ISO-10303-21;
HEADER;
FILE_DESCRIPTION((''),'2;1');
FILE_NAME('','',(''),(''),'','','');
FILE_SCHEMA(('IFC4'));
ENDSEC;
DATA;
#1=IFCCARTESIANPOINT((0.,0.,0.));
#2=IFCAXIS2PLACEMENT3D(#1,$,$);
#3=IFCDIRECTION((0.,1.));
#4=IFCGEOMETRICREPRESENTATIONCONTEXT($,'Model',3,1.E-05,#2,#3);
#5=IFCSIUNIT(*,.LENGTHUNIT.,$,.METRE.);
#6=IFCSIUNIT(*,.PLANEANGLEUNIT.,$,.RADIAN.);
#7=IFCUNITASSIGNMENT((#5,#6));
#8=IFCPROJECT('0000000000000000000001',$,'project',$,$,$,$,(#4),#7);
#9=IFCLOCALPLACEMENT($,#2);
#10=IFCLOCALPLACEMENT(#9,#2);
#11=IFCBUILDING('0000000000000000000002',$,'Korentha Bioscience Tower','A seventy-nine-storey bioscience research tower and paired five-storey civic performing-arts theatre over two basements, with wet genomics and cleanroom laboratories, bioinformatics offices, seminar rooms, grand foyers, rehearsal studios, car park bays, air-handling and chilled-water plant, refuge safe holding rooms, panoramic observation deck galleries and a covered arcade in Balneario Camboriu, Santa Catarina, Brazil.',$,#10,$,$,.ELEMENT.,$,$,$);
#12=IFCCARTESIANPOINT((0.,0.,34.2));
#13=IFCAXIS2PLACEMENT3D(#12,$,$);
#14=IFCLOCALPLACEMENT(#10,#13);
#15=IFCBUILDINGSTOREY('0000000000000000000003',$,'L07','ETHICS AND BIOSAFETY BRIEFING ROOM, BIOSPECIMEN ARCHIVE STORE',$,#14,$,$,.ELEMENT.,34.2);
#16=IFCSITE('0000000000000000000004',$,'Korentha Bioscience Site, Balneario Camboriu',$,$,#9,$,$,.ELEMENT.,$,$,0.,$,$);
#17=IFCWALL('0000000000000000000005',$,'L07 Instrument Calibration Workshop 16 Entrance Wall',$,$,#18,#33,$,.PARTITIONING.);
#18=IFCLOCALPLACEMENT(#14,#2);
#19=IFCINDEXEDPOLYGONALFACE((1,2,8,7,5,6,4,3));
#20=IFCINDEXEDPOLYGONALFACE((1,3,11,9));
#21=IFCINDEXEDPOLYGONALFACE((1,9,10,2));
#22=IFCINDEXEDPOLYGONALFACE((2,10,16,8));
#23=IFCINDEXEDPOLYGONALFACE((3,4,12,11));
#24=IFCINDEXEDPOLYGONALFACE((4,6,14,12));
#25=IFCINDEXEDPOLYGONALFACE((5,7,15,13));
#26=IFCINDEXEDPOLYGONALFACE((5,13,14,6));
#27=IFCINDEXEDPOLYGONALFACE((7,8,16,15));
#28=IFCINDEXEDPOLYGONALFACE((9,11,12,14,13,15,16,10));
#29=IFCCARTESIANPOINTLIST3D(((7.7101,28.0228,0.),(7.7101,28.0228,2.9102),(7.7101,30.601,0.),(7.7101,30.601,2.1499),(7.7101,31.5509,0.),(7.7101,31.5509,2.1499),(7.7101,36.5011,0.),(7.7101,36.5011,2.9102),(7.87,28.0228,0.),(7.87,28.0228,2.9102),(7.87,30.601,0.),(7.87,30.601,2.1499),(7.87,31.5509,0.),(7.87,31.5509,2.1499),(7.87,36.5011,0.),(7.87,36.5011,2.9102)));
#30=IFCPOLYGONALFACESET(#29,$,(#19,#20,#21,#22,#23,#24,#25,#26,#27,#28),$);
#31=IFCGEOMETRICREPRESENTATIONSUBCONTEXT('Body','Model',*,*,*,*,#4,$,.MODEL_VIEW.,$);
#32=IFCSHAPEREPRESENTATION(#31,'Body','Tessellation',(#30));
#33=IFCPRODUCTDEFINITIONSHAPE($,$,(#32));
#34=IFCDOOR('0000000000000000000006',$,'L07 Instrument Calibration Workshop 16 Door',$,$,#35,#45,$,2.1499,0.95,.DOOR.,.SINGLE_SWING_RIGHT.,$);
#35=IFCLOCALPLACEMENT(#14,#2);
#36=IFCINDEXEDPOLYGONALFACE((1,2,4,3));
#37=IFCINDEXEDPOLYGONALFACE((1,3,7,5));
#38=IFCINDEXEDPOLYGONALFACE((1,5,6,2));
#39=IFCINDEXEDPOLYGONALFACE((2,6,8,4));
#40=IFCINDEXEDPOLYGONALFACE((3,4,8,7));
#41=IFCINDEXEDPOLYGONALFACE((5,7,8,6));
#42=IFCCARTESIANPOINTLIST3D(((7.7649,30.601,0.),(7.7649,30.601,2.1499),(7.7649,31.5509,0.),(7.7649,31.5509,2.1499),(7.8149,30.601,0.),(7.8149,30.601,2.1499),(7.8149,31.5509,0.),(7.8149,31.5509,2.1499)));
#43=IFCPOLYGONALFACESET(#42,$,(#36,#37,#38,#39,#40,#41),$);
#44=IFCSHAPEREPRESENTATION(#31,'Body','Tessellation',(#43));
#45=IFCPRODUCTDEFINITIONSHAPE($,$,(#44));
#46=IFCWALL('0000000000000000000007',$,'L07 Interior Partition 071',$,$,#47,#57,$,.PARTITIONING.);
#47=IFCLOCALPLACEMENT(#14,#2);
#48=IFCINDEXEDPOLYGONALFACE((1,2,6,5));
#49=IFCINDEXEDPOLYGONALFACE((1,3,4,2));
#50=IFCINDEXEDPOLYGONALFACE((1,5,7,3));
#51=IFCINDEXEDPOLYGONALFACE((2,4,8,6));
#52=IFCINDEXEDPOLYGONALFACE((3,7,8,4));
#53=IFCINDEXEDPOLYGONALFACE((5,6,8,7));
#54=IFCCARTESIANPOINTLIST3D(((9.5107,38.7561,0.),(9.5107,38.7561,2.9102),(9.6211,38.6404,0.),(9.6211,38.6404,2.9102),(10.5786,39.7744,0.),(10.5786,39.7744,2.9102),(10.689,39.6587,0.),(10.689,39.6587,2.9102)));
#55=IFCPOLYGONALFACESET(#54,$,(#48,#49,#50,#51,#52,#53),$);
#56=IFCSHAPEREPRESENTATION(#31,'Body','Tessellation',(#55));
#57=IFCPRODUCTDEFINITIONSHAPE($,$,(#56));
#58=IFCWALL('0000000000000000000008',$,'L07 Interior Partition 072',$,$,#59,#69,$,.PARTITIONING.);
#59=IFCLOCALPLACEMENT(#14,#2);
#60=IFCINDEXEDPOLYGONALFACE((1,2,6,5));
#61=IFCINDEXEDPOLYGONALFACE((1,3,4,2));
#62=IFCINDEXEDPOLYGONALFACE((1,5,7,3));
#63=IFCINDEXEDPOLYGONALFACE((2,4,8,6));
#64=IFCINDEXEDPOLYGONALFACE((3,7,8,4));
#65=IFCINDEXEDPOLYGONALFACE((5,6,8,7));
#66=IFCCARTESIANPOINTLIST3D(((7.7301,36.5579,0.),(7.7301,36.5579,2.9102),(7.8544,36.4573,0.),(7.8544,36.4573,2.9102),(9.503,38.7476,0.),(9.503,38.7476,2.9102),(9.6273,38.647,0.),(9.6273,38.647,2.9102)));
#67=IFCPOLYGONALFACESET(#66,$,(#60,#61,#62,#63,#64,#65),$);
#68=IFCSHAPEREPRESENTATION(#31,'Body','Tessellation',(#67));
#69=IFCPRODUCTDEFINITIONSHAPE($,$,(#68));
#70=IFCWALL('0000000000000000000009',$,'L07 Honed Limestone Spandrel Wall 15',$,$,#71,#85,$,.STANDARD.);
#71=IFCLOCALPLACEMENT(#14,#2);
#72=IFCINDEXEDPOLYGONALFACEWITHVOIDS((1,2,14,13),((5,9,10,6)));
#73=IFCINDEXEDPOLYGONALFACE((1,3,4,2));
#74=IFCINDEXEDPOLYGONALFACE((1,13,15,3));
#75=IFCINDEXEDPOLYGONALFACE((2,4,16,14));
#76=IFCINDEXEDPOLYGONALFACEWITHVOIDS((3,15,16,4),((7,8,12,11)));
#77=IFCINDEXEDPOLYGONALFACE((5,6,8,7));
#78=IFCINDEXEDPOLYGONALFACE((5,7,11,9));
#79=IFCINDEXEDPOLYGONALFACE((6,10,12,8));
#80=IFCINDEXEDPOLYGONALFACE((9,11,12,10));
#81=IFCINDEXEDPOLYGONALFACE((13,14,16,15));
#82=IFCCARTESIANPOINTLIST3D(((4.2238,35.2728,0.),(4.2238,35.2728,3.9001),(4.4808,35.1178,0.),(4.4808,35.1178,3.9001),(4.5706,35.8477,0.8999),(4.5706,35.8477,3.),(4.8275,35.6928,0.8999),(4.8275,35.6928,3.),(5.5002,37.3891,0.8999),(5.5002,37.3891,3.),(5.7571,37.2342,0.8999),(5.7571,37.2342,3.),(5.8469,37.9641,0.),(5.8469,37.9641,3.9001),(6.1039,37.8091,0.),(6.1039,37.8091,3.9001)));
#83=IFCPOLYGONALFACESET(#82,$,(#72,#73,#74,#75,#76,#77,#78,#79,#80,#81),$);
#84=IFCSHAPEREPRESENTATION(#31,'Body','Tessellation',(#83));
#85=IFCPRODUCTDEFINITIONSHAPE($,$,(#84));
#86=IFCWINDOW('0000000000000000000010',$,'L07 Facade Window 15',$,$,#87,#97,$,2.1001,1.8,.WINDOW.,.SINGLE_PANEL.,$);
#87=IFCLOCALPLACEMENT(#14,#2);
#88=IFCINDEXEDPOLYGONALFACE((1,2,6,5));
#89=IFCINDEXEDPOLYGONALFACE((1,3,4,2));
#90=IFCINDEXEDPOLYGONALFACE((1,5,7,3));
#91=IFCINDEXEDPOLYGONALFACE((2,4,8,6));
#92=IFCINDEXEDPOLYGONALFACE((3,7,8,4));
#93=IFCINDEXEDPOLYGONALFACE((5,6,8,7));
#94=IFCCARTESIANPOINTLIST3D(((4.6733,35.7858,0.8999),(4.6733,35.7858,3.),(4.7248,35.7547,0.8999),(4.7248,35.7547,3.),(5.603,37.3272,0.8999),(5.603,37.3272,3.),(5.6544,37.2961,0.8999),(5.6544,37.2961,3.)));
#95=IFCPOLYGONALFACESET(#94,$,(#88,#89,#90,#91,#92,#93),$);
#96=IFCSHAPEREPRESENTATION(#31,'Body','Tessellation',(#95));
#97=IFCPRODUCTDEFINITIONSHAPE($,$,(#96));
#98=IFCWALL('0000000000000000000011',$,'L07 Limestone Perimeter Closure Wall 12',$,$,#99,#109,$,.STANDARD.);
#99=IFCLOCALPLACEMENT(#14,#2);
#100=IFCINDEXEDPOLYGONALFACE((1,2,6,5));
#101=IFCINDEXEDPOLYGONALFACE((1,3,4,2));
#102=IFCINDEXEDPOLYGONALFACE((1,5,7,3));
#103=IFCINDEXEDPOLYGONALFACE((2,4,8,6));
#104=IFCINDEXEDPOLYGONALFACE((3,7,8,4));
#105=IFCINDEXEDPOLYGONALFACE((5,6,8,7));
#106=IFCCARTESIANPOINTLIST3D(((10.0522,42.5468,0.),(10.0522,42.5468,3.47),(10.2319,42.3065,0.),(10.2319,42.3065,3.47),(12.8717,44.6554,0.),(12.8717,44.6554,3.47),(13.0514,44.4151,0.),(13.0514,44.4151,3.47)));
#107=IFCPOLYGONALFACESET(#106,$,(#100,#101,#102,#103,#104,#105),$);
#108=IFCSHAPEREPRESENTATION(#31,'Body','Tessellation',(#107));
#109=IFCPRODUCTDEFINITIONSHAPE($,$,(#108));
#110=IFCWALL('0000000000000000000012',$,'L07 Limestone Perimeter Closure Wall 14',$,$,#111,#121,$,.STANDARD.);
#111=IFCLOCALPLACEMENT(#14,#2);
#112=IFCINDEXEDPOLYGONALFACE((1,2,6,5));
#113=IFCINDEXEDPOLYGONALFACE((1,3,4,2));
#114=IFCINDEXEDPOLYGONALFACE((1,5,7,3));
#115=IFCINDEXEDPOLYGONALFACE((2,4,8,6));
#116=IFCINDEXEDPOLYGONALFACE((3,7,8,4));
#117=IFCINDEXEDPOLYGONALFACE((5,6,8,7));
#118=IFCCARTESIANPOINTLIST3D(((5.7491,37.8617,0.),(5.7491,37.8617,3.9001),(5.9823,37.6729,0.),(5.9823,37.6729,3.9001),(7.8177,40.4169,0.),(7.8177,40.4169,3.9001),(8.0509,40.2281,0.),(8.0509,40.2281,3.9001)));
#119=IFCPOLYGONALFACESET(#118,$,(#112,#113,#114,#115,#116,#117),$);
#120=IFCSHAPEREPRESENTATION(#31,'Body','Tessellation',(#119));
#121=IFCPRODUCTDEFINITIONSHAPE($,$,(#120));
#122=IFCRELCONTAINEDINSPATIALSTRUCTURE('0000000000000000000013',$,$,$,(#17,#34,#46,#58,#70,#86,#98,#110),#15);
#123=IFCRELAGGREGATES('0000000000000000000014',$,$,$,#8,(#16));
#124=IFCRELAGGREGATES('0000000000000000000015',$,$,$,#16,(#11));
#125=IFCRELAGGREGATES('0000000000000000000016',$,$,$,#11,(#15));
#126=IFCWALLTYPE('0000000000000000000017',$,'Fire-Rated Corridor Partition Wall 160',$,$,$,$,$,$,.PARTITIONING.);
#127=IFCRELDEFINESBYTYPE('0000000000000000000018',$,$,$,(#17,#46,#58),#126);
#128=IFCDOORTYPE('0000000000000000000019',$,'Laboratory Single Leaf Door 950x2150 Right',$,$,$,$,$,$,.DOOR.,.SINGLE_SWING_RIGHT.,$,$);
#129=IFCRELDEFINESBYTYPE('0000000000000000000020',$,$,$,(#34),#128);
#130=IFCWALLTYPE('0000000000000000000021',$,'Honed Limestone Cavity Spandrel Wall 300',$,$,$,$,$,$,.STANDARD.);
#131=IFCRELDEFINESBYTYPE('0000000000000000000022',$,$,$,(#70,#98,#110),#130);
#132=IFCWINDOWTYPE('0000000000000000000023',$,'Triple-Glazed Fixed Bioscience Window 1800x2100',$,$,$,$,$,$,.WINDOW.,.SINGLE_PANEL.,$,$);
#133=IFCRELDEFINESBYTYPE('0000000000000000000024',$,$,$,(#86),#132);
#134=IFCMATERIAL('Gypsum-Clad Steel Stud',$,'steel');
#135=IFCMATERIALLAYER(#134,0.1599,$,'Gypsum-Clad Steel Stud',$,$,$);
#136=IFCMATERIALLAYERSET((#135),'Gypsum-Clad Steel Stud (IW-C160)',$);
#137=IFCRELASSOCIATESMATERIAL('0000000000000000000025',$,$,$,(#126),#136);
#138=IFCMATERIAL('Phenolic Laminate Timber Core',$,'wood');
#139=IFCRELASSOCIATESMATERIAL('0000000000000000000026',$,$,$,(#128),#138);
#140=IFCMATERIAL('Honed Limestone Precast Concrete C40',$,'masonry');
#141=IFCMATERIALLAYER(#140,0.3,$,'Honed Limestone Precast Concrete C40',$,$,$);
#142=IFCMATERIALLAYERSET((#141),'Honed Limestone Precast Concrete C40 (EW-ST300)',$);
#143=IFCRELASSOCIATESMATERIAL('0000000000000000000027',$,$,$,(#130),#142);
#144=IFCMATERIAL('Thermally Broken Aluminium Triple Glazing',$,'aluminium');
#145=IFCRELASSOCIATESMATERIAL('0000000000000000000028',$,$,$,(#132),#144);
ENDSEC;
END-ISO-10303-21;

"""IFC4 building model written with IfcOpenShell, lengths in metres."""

from ifc_helpers import new_model, si_unit, direction, frame, frame_2d, origin, place, context, subcontext, project, spatial, rectangle, extrude, material, layer, layer_set, type_object, element, fill, save


model = new_model("IFC4")

# Units and contexts
model_context = context("Model", 3, precision=1e-05, world=origin(), true_north=direction((0.0, 1.0)))
body_context = subcontext(model_context, "Body", "Model", "MODEL_VIEW")
ifc_project = project(units=[si_unit("LENGTHUNIT", "METRE"), si_unit("PLANEANGLEUNIT", "RADIAN")], contexts=[model_context])

# Site, building, storey
site_placement = place(None, origin())
site = spatial("IfcSite", under=ifc_project, at=site_placement, Name="Korentha Bioscience Site, Balneario Camboriu", CompositionType="ELEMENT", RefElevation=0.0)
building_placement = place(site_placement, origin())
building = spatial("IfcBuilding", under=site, at=building_placement, Name="Korentha Bioscience Tower", Description="A seventy-nine-storey bioscience research tower and paired five-storey civic performing-arts theatre over two basements, with wet genomics and cleanroom laboratories, bioinformatics offices, seminar rooms, grand foyers, rehearsal studios, car park bays, air-handling and chilled-water plant, refuge safe holding rooms, panoramic observation deck galleries and a covered arcade in Balneario Camboriu, Santa Catarina, Brazil.", CompositionType="ELEMENT")
storey_placement = place(building_placement, frame((0.0, 0.0, 34.2)))
storey = spatial("IfcBuildingStorey", under=building, at=storey_placement, Name="L07", Description="ETHICS AND BIOSAFETY BRIEFING ROOM, BIOSPECIMEN ARCHIVE STORE", CompositionType="ELEMENT", Elevation=34.2)

# Wall, opening, door
ifc_material_1 = material(Name="Gypsum-Clad Steel Stud", Category="steel")
ifc_layer_1 = layer(ifc_material_1, 0.1599, Name="Gypsum-Clad Steel Stud")
ifc_layer_set_1 = layer_set([ifc_layer_1], Name="Gypsum-Clad Steel Stud (IW-C160)")
wall_type_1 = type_object("IfcWallType", Name="Fire-Rated Corridor Partition Wall 160", PredefinedType="PARTITIONING", material=ifc_layer_set_1)
wall_1_placement = place(storey_placement, frame((7.79, 36.5012, 0.0), z_axis=(0.0, 0.0, 1.0), x_axis=(0.0, -1.0, 0.0)))
wall_1 = element("IfcWall", 1, at=wall_1_placement, inside=storey, type_object=wall_type_1, Name="L07 Instrument Calibration Workshop 16 Entrance Wall", PredefinedType="PARTITIONING", context=body_context, shape_type="SweptSolid", body=[
    extrude(rectangle(XDim=8.4783, YDim=0.1599, at=frame_2d((4.2393, 0.0))), origin(), (0.0, 0.0, 1.0), 2.9102),
])
opening_1_placement = place(wall_1_placement, frame((4.9502, 0.0, 0.0)))
opening_1 = element("IfcOpeningElement", 2, at=opening_1_placement, cuts=wall_1, PredefinedType="OPENING", context=body_context, shape_type="SweptSolid", body=[
    extrude(rectangle(XDim=0.95, YDim=2.1499, at=frame_2d((0.4751, 1.075))), frame((0.0, 0.0947, 0.0), z_axis=(0.0, -1.0, 0.0), x_axis=(1.0, 0.0, 0.0)), (0.0, 0.0, 1.0), 0.1897),
])
ifc_material_2 = material(Name="Phenolic Laminate Timber Core", Category="wood")
door_type = type_object("IfcDoorType", Name="Laboratory Single Leaf Door 950x2150 Right", OperationType="SINGLE_SWING_RIGHT", PredefinedType="DOOR", material=ifc_material_2)
door_placement = place(opening_1_placement, origin())
door = element("IfcDoor", 3, at=door_placement, inside=storey, type_object=door_type, Name="L07 Instrument Calibration Workshop 16 Door", OperationType="SINGLE_SWING_RIGHT", OverallHeight=2.1499, OverallWidth=0.95, PredefinedType="DOOR", context=body_context, shape_type="SweptSolid", body=[
    extrude(rectangle(XDim=0.95, YDim=2.1499, at=frame_2d((0.4751, 1.075))), frame((0.0, 0.0249, 0.0), z_axis=(0.0, -1.0, 0.0), x_axis=(1.0, 0.0, 0.0)), (0.0, 0.0, 1.0), 0.05),
])
fill(opening_1, door)

# Walls
wall_2_placement = place(storey_placement, frame((10.6338, 39.7166, 0.0), z_axis=(0.0, 0.0, 1.0), x_axis=(-0.723701, -0.690114, 0.0)))
element("IfcWall", 4, at=wall_2_placement, inside=storey, type_object=wall_type_1, Name="L07 Interior Partition 071", PredefinedType="PARTITIONING", context=body_context, shape_type="SweptSolid", body=[
    extrude(rectangle(XDim=1.4756, YDim=0.1599, at=frame_2d((0.7378, 0.0))), origin(), (0.0, 0.0, 1.0), 2.9102),
])
wall_3_placement = place(storey_placement, frame((9.5652, 38.6973, 0.0), z_axis=(0.0, 0.0, 1.0), x_axis=(-0.629271, -0.777186, 0.0)))
element("IfcWall", 5, at=wall_3_placement, inside=storey, type_object=wall_type_1, Name="L07 Interior Partition 072", PredefinedType="PARTITIONING", context=body_context, shape_type="SweptSolid", body=[
    extrude(rectangle(XDim=2.8174, YDim=0.1599, at=frame_2d((1.4087, 0.0))), origin(), (0.0, 0.0, 1.0), 2.9102),
])

# Wall, opening, window
ifc_material_3 = material(Name="Honed Limestone Precast Concrete C40", Category="masonry")
ifc_layer_2 = layer(ifc_material_3, 0.3, Name="Honed Limestone Precast Concrete C40")
ifc_layer_set_2 = layer_set([ifc_layer_2], Name="Honed Limestone Precast Concrete C40 (EW-ST300)")
wall_type_2 = type_object("IfcWallType", Name="Honed Limestone Cavity Spandrel Wall 300", PredefinedType="STANDARD", material=ifc_layer_set_2)
wall_4_placement = place(storey_placement, frame((5.9753, 37.8865, 0.0), z_axis=(0.0, 0.0, 1.0), x_axis=(-0.516448, -0.856319, 0.0)))
wall_4 = element("IfcWall", 6, at=wall_4_placement, inside=storey, type_object=wall_type_2, Name="L07 Honed Limestone Spandrel Wall 15", PredefinedType="STANDARD", context=body_context, shape_type="SweptSolid", body=[
    extrude(rectangle(XDim=3.1428, YDim=0.3, at=frame_2d((1.5713, 0.0))), origin(), (0.0, 0.0, 1.0), 3.9001),
])
opening_2_placement = place(wall_4_placement, frame((0.6714, 0.0, 0.8999)))
opening_2 = element("IfcOpeningElement", 7, at=opening_2_placement, cuts=wall_4, PredefinedType="OPENING", context=body_context, shape_type="SweptSolid", body=[
    extrude(rectangle(XDim=1.8, YDim=2.1001, at=frame_2d((0.8999, 1.05))), frame((0.0, 0.165, 0.0), z_axis=(0.0, -1.0, 0.0), x_axis=(1.0, 0.0, 0.0)), (0.0, 0.0, 1.0), 0.3298),
])
ifc_material_4 = material(Name="Thermally Broken Aluminium Triple Glazing", Category="aluminium")
window_type = type_object("IfcWindowType", Name="Triple-Glazed Fixed Bioscience Window 1800x2100", PartitioningType="SINGLE_PANEL", PredefinedType="WINDOW", material=ifc_material_4)
window_placement = place(opening_2_placement, origin())
window = element("IfcWindow", 8, at=window_placement, inside=storey, type_object=window_type, Name="L07 Facade Window 15", OverallHeight=2.1001, OverallWidth=1.8, PartitioningType="SINGLE_PANEL", PredefinedType="WINDOW", context=body_context, shape_type="SweptSolid", body=[
    extrude(rectangle(XDim=1.8, YDim=2.1001, at=frame_2d((0.8999, 1.05))), frame((0.0, 0.03, 0.0), z_axis=(0.0, -1.0, 0.0), x_axis=(1.0, 0.0, 0.0)), (0.0, 0.0, 1.0), 0.0601),
])
fill(opening_2, window)

# Walls
wall_5_placement = place(storey_placement, frame((12.9614, 44.5352, 0.0), z_axis=(0.0, 0.0, 1.0), x_axis=(-0.800823, -0.598901, 0.0)))
element("IfcWall", 9, at=wall_5_placement, inside=storey, type_object=wall_type_2, Name="L07 Limestone Perimeter Closure Wall 12", PredefinedType="STANDARD", context=body_context, shape_type="SweptSolid", body=[
    extrude(rectangle(XDim=3.5208, YDim=0.3, at=frame_2d((1.7603, 0.0))), origin(), (0.0, 0.0, 1.0), 3.47),
])
wall_6_placement = place(storey_placement, frame((7.9343, 40.3225, 0.0), z_axis=(0.0, 0.0, 1.0), x_axis=(-0.629222, -0.777226, 0.0)))
element("IfcWall", 10, at=wall_6_placement, inside=storey, type_object=wall_type_2, Name="L07 Limestone Perimeter Closure Wall 14", PredefinedType="STANDARD", context=body_context, shape_type="SweptSolid", body=[
    extrude(rectangle(XDim=3.2876, YDim=0.3, at=frame_2d((1.6438, 0.0))), origin(), (0.0, 0.0, 1.0), 3.9001),
])

save(model, "model.ifc")
